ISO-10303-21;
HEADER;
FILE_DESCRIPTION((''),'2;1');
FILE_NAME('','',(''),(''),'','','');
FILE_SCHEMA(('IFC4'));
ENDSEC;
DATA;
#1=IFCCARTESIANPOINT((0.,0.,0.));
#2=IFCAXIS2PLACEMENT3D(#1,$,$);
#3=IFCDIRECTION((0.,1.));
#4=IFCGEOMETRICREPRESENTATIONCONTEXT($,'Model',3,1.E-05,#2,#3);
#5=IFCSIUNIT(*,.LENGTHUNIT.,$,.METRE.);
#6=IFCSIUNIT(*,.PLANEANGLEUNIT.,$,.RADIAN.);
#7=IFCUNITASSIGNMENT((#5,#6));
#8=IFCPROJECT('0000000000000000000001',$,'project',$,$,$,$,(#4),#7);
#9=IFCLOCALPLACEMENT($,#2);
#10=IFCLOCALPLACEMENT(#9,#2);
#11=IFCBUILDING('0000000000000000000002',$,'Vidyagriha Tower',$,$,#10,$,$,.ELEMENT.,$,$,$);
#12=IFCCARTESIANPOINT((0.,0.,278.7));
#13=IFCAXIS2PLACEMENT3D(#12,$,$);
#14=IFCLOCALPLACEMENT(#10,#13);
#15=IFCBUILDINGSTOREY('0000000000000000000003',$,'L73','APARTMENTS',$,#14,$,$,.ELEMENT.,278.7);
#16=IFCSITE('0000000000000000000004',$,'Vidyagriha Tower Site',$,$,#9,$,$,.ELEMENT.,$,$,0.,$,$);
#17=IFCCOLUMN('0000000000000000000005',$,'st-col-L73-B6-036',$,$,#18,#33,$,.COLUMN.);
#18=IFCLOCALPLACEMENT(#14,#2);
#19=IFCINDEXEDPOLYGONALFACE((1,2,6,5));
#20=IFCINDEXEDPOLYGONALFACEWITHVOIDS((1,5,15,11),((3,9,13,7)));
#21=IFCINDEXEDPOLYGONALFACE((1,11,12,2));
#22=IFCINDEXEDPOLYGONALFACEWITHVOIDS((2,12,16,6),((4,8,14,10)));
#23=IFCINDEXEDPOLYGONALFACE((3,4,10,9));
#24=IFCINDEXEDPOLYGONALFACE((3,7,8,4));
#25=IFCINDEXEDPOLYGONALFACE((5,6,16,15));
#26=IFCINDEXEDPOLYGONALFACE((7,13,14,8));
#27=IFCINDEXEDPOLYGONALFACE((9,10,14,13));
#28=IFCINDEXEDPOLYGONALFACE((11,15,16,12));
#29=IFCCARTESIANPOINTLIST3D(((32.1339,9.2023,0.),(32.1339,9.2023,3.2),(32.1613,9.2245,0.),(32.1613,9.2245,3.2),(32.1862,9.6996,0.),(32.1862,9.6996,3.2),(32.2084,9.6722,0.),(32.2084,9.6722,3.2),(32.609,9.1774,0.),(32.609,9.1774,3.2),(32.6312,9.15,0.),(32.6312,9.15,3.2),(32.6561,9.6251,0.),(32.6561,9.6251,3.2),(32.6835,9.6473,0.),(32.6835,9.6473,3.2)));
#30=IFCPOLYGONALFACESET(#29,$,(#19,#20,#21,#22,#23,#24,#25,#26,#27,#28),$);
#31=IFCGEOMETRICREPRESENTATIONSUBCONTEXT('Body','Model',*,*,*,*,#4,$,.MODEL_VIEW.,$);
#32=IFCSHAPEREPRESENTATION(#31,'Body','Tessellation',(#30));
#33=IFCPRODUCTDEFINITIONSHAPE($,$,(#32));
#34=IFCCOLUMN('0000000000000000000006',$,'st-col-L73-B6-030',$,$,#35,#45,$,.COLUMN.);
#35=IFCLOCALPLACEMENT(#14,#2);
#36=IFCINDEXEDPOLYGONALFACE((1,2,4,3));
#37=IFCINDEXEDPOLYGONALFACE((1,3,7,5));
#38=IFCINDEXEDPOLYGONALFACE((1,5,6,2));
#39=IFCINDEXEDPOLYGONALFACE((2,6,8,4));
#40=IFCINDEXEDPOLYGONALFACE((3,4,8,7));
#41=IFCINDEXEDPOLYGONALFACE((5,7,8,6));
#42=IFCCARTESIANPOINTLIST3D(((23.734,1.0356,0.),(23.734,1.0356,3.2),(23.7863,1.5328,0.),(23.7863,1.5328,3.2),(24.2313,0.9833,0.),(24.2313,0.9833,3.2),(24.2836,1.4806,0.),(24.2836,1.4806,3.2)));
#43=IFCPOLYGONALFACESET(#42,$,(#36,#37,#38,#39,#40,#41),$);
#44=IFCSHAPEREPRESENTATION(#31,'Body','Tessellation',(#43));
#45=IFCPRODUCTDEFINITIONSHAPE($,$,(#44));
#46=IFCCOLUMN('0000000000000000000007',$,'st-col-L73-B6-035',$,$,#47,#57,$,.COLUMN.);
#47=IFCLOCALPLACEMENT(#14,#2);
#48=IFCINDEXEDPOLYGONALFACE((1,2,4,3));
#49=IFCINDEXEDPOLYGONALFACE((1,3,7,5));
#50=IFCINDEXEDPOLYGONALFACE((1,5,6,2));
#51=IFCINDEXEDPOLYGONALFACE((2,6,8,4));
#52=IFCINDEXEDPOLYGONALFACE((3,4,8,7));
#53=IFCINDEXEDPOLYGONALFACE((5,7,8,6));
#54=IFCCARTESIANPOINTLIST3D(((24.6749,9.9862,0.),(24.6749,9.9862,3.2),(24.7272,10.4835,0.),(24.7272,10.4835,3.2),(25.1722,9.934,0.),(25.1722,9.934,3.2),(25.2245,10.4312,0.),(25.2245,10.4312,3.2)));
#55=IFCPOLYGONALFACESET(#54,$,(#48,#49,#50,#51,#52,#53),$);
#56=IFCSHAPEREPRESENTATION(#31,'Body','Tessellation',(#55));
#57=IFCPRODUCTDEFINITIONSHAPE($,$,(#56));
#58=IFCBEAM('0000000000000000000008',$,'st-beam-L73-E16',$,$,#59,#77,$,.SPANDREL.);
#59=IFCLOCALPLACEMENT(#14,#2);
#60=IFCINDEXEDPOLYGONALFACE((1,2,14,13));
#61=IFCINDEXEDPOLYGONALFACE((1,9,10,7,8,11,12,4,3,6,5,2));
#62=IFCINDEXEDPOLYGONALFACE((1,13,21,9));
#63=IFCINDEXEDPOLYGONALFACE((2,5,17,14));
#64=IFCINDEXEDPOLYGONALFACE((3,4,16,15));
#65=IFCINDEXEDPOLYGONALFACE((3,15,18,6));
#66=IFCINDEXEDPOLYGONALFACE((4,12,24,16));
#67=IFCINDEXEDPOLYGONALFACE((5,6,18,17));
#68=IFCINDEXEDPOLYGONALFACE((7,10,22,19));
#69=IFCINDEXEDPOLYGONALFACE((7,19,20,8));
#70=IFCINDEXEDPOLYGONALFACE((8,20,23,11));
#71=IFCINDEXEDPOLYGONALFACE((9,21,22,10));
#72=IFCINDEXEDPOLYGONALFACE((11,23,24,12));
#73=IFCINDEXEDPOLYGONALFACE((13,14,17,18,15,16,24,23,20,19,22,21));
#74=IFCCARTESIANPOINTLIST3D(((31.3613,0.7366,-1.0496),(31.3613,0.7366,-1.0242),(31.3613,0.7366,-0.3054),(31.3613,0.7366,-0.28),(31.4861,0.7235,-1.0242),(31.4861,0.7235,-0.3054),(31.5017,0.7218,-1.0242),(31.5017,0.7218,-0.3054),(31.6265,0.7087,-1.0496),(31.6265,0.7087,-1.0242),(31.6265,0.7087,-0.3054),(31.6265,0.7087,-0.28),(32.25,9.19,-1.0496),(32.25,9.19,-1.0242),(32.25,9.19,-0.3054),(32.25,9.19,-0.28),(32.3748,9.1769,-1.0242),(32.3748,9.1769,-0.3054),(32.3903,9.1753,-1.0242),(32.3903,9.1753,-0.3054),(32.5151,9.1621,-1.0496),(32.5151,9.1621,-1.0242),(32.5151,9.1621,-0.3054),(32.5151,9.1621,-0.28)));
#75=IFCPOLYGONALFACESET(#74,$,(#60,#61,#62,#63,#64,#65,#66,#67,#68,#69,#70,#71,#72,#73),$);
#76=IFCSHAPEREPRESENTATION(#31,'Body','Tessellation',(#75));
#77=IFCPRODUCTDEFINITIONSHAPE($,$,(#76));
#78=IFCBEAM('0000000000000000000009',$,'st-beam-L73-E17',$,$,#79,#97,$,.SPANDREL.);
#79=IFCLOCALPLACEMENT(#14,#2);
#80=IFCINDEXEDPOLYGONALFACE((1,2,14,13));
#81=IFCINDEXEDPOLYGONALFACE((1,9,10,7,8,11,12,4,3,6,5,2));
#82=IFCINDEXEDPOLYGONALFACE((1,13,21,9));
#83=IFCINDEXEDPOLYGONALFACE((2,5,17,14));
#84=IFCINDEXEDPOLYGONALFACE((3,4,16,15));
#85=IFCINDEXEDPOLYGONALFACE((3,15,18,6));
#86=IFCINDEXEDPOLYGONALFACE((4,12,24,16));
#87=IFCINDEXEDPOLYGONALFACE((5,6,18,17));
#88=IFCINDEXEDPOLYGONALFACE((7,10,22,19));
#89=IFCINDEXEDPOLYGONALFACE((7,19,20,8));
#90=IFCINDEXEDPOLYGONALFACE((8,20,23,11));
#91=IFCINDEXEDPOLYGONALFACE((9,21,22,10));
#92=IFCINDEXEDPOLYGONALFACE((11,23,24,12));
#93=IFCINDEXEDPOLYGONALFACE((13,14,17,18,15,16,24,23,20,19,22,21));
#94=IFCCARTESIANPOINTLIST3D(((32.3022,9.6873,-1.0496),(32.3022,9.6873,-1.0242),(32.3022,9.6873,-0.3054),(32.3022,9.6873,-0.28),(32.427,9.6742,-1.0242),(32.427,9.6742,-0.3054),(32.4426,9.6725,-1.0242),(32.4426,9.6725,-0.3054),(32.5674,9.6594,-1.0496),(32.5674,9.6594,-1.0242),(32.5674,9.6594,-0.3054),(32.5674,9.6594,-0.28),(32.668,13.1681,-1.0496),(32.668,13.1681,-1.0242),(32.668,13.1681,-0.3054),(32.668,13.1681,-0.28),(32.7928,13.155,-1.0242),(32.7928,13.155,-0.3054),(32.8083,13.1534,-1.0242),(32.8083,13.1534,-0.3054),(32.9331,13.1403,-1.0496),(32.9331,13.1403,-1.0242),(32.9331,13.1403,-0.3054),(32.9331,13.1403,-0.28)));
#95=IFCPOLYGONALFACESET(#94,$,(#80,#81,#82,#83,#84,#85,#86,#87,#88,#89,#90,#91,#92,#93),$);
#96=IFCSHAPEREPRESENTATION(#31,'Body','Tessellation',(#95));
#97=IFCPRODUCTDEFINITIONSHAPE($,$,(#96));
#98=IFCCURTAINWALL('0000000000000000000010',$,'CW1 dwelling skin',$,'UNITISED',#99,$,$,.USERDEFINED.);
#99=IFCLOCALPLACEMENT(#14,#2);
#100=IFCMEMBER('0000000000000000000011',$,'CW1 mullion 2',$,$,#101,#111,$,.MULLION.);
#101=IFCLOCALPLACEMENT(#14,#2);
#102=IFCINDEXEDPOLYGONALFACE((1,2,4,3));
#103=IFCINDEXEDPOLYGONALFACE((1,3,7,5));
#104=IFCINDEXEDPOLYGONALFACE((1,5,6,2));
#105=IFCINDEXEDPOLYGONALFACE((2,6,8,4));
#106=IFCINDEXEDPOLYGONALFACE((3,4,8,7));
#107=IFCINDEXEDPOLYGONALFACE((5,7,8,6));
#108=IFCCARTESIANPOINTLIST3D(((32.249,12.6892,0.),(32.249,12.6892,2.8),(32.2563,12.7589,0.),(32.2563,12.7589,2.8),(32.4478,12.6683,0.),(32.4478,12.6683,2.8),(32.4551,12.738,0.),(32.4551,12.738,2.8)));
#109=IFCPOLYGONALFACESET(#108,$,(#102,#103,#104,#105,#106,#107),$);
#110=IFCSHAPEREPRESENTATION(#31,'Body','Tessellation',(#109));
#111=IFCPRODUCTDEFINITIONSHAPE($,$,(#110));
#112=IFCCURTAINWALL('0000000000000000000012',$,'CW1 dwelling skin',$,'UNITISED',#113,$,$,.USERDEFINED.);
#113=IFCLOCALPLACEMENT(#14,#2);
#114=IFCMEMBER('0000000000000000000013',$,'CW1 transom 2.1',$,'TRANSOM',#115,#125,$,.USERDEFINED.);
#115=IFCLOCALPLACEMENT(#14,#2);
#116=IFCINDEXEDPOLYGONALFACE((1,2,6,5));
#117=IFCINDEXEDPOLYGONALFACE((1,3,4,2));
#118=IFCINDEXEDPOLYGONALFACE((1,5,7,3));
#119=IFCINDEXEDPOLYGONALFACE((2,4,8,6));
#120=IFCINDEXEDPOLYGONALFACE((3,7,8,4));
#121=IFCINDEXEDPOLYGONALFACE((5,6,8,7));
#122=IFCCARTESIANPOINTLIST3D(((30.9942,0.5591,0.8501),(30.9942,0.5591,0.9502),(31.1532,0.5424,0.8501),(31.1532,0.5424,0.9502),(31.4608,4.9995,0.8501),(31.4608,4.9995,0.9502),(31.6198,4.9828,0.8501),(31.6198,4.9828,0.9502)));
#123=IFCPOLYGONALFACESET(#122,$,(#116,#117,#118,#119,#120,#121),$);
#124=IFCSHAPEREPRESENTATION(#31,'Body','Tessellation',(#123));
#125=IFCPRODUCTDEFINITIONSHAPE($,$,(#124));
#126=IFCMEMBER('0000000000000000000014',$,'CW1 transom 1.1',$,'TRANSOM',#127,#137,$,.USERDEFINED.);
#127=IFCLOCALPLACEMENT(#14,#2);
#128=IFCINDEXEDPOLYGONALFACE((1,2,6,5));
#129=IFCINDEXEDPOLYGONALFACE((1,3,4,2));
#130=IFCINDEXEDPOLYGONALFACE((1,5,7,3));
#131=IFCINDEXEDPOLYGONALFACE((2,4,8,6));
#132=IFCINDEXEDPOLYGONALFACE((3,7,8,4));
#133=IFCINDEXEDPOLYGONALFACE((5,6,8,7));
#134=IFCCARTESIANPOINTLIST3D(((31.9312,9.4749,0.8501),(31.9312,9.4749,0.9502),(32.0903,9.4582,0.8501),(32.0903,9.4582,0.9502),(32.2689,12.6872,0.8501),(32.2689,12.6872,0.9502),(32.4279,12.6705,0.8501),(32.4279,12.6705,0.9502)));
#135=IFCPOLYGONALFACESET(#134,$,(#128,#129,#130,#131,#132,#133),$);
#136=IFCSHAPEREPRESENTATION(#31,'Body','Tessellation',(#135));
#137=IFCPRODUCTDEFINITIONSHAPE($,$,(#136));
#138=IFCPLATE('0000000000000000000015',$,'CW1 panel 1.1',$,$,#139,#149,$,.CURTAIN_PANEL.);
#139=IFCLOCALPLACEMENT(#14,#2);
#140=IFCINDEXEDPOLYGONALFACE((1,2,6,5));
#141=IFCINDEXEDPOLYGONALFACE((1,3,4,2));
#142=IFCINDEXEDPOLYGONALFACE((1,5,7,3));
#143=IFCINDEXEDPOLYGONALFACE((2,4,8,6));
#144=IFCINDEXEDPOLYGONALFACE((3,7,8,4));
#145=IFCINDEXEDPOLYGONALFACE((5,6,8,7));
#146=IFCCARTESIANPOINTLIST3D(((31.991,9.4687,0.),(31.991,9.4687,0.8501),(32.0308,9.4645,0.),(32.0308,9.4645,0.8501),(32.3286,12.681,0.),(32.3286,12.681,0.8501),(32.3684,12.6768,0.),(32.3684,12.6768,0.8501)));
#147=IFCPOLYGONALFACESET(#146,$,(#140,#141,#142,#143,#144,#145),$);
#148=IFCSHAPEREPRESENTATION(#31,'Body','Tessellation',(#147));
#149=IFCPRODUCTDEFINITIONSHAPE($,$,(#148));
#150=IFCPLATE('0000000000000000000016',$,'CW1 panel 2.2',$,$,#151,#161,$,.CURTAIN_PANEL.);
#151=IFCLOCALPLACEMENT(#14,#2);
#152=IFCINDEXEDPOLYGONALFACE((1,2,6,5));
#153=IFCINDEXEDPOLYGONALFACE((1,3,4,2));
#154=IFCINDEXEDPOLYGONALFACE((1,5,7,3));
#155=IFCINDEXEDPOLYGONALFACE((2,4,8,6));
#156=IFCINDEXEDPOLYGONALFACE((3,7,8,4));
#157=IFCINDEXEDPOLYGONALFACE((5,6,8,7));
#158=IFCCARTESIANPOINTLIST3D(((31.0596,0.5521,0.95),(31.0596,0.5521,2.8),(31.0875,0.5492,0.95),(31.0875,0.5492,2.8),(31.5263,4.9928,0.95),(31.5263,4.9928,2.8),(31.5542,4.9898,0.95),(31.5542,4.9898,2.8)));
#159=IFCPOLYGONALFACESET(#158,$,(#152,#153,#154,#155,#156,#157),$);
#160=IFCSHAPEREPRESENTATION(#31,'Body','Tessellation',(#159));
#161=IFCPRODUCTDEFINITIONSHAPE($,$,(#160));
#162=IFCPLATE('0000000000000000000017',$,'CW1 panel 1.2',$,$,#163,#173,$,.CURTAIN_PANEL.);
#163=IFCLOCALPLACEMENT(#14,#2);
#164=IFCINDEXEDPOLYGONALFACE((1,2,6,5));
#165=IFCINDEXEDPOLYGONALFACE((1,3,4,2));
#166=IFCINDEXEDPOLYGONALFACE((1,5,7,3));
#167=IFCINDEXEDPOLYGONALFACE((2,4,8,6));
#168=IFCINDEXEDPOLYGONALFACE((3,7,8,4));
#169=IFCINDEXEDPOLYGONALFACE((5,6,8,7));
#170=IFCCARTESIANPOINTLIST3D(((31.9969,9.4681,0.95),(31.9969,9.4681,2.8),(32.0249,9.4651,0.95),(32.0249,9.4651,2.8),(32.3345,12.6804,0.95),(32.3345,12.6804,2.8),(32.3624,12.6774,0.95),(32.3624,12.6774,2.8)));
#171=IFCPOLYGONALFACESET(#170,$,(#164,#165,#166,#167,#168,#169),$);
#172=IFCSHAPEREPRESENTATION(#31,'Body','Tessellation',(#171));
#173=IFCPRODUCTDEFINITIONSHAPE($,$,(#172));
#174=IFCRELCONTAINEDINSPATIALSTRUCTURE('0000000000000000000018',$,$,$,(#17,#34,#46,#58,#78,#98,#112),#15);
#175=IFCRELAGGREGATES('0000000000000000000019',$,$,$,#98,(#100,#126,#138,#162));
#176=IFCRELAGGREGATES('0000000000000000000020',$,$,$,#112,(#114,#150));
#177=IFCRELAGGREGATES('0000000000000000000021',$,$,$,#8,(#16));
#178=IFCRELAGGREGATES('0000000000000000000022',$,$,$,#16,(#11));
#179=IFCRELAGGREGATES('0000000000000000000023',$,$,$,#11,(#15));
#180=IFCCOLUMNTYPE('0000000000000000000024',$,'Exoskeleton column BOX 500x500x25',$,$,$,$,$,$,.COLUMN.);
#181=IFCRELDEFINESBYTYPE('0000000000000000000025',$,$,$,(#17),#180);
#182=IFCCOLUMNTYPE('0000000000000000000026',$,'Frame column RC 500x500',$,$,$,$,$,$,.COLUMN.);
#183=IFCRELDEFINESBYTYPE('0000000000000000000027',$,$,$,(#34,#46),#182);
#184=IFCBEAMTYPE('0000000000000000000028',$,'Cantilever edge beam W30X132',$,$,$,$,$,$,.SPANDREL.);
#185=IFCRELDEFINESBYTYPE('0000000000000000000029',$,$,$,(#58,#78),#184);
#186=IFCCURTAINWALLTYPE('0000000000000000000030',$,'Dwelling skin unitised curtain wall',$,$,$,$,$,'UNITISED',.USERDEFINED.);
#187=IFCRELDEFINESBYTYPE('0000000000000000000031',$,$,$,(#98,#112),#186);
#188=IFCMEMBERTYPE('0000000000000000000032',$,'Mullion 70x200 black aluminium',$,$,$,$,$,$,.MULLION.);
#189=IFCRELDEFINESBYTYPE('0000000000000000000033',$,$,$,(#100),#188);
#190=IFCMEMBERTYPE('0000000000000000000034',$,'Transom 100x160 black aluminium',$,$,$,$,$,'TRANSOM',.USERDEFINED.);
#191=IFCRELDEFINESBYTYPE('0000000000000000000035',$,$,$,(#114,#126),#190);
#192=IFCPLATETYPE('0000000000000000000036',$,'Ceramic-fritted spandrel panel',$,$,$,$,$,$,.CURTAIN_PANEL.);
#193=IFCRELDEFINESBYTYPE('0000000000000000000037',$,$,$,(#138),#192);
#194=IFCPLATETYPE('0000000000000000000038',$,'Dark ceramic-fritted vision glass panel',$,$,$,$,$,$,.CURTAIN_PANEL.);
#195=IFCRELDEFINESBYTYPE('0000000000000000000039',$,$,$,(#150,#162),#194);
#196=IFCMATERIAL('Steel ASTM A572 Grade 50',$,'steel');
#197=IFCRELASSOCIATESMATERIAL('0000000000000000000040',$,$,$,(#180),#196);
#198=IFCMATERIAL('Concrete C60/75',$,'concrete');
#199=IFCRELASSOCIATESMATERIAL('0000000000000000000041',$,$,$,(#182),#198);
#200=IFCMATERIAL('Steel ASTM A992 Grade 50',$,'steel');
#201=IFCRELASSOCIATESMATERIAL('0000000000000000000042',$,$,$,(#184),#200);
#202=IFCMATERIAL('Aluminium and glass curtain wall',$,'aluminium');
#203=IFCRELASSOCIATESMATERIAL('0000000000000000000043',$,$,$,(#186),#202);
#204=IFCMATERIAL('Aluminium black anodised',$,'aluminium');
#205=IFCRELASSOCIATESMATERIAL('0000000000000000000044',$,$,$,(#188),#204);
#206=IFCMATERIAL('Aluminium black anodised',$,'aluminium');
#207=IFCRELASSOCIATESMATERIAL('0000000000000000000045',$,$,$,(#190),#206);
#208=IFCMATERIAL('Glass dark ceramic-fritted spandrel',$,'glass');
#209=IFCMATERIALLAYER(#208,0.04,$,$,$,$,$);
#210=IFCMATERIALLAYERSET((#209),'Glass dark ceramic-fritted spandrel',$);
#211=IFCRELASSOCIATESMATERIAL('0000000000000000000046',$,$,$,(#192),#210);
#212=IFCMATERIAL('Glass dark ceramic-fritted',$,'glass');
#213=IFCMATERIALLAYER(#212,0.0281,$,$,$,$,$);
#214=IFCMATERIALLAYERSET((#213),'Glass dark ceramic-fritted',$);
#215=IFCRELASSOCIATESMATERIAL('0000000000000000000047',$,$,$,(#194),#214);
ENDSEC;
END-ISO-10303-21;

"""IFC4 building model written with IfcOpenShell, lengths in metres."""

from ifc_helpers import new_model, si_unit, direction, frame, origin, origin_2d, place, context, subcontext, project, spatial, rectangle, hollow_rectangle, i_section, extrude, material, layer, layer_set, material_profile, profile_set, type_object, element, aggregate, save


model = new_model("IFC4")

# Units and contexts
model_context = context("Model", 3, precision=1e-05, world=origin(), true_north=direction((0.0, 1.0)))
body_context = subcontext(model_context, "Body", "Model", "MODEL_VIEW")
ifc_project = project(units=[si_unit("LENGTHUNIT", "METRE"), si_unit("PLANEANGLEUNIT", "RADIAN")], contexts=[model_context])

# Site, building, storey
site_placement = place(None, origin())
site = spatial("IfcSite", under=ifc_project, at=site_placement, Name="Vidyagriha Tower Site", CompositionType="ELEMENT", RefElevation=0.0)
building_placement = place(site_placement, origin())
building = spatial("IfcBuilding", under=site, at=building_placement, Name="Vidyagriha Tower", CompositionType="ELEMENT")
storey_placement = place(building_placement, frame((0.0, 0.0, 278.7)))
storey = spatial("IfcBuildingStorey", under=building, at=storey_placement, Name="L73", Description="APARTMENTS", CompositionType="ELEMENT", Elevation=278.7)

# Columns
ifc_material_1 = material(Name="Steel ASTM A572 Grade 50", Category="steel")
ifc_material_profile_1 = material_profile(ifc_material_1, hollow_rectangle(XDim=0.5, YDim=0.5, WallThickness=0.0249, at=origin_2d()), Name="BOX 500x500x25")
ifc_profile_set_1 = profile_set([ifc_material_profile_1], Name="Steel ASTM A572 Grade 50")
column_type_1 = type_object("IfcColumnType", Name="Exoskeleton column BOX 500x500x25", PredefinedType="COLUMN", material=ifc_profile_set_1)
column_placement = place(storey_placement, frame((32.4087, 9.4248, 0.0), z_axis=(0.0, 0.0, 1.0), x_axis=(0.994522, -0.104528, 0.0)))
element("IfcColumn", 1, at=column_placement, inside=storey, type_object=column_type_1, Name="st-col-L73-B6-036", PredefinedType="COLUMN", context=body_context, shape_type="SweptSolid", body=[
    extrude(hollow_rectangle(XDim=0.5, YDim=0.5, WallThickness=0.0249, at=origin_2d()), origin(), (0.0, 0.0, 1.0), 3.2),
])
ifc_material_2 = material(Name="Concrete C60/75", Category="concrete")
ifc_material_profile_2 = material_profile(ifc_material_2, rectangle(XDim=0.5, YDim=0.5, at=origin_2d()), Name="RC 500x500")
ifc_profile_set_2 = profile_set([ifc_material_profile_2], Name="Concrete C60/75")
column_type_2 = type_object("IfcColumnType", Name="Frame column RC 500x500", PredefinedType="COLUMN", material=ifc_profile_set_2)
for number, where, z_axis, x_axis, name in (
    (2, (24.0088, 1.2581, 0.0), (0.0, 0.0, 1.0), (0.994522, -0.104528, 0.0), "st-col-L73-B6-030"),
    (3, (24.9497, 10.2087, 0.0), (0.0, 0.0, 1.0), (0.994522, -0.104528, 0.0), "st-col-L73-B6-035"),
):
    element("IfcColumn", number, at=place(storey_placement, frame(where, z_axis=z_axis, x_axis=x_axis)), inside=storey, type_object=column_type_2, Name=name, PredefinedType="COLUMN", context=body_context, shape_type="SweptSolid", body=[
        extrude(rectangle(XDim=0.5, YDim=0.5, at=origin_2d()), origin(), (0.0, 0.0, 1.0), 3.2),
    ])

# Beams
ifc_material_3 = material(Name="Steel ASTM A992 Grade 50", Category="steel")
ifc_material_profile_3 = material_profile(ifc_material_3, i_section(OverallWidth=0.2666, OverallDepth=0.7695, WebThickness=0.0156, FlangeThickness=0.0254, at=origin_2d()), Name="W30X132")
ifc_profile_set_3 = profile_set([ifc_material_profile_3], Name="Steel ASTM A992 Grade 50")
beam_type = type_object("IfcBeamType", Name="Cantilever edge beam W30X132", PredefinedType="SPANDREL", material=ifc_profile_set_3)
beam_1_placement = place(storey_placement, frame((31.4939, 0.7227, -0.6648), z_axis=(0.10455, 0.99452, 0.0), x_axis=(-0.99452, 0.10455, 0.0)))
element("IfcBeam", 4, at=beam_1_placement, inside=storey, type_object=beam_type, Name="st-beam-L73-E16", PredefinedType="SPANDREL", context=body_context, shape_type="SweptSolid", body=[
    extrude(i_section(OverallWidth=0.2666, OverallDepth=0.7695, WebThickness=0.0156, FlangeThickness=0.0254, at=origin_2d()), origin(), (0.0, 0.0, 1.0), 8.5),
])
beam_2_placement = place(storey_placement, frame((32.4348, 9.6733, -0.6648), z_axis=(0.104489, 0.994526, 0.0), x_axis=(-0.994526, 0.104489, 0.0)))
element("IfcBeam", 5, at=beam_2_placement, inside=storey, type_object=beam_type, Name="st-beam-L73-E17", PredefinedType="SPANDREL", context=body_context, shape_type="SweptSolid", body=[
    extrude(i_section(OverallWidth=0.2666, OverallDepth=0.7695, WebThickness=0.0156, FlangeThickness=0.0254, at=origin_2d()), origin(), (0.0, 0.0, 1.0), 3.5),
])

# Curtain walls, members
ifc_material_4 = material(Name="Aluminium and glass curtain wall", Category="aluminium")
curtain_wall_type = type_object("IfcCurtainWallType", Name="Dwelling skin unitised curtain wall", ElementType="UNITISED", PredefinedType="USERDEFINED", material=ifc_material_4)
curtain_wall_1_placement = place(storey_placement, origin())
curtain_wall_1 = element("IfcCurtainWall", 6, at=curtain_wall_1_placement, inside=storey, type_object=curtain_wall_type, Name="CW1 dwelling skin", ObjectType="UNITISED", PredefinedType="USERDEFINED")
ifc_material_5 = material(Name="Aluminium black anodised", Category="aluminium")
ifc_material_profile_4 = material_profile(ifc_material_5, rectangle(XDim=0.2, YDim=0.0701, at=origin_2d()), Name="Mullion 70x200 black aluminium")
ifc_profile_set_4 = profile_set([ifc_material_profile_4], Name="Aluminium black anodised")
member_type_1 = type_object("IfcMemberType", Name="Mullion 70x200 black aluminium", PredefinedType="MULLION", material=ifc_profile_set_4)
member_1_placement = place(storey_placement, frame((32.3521, 12.7136, 0.0), z_axis=(0.0, 0.0, 1.0), x_axis=(-0.994523, 0.104516, 0.0)))
member_1 = element("IfcMember", 7, at=member_1_placement, type_object=member_type_1, Name="CW1 mullion 2", PredefinedType="MULLION", context=body_context, shape_type="SweptSolid", body=[
    extrude(rectangle(XDim=0.2, YDim=0.0701, at=origin_2d()), origin(), (0.0, 0.0, 1.0), 2.8),
])
curtain_wall_2_placement = place(storey_placement, origin())
curtain_wall_2 = element("IfcCurtainWall", 8, at=curtain_wall_2_placement, inside=storey, type_object=curtain_wall_type, Name="CW1 dwelling skin", ObjectType="UNITISED", PredefinedType="USERDEFINED")
ifc_material_6 = material(Name="Aluminium black anodised", Category="aluminium")
ifc_material_profile_5 = material_profile(ifc_material_6, rectangle(XDim=0.1599, YDim=0.1001, at=origin_2d()), Name="Transom 100x160 black aluminium")
ifc_profile_set_5 = profile_set([ifc_material_profile_5], Name="Aluminium black anodised")
member_type_2 = type_object("IfcMemberType", Name="Transom 100x160 black aluminium", ElementType="TRANSOM", PredefinedType="USERDEFINED", material=ifc_profile_set_5)
member_2_placement = place(storey_placement, frame((31.0737, 0.5508, 0.9001), z_axis=(0.104494, 0.994526, 0.0), x_axis=(-0.994526, 0.104494, 0.0)))
member_2 = element("IfcMember", 9, at=member_2_placement, type_object=member_type_2, Name="CW1 transom 2.1", ObjectType="TRANSOM", PredefinedType="USERDEFINED", context=body_context, shape_type="SweptSolid", body=[
    extrude(rectangle(XDim=0.1599, YDim=0.1001, at=origin_2d()), origin(), (0.0, 0.0, 1.0), 4.4648),
])

# Member
member_3_placement = place(storey_placement, frame((32.0107, 9.4666, 0.9001), z_axis=(0.104531, 0.994522, 0.0), x_axis=(-0.994522, 0.104531, 0.0)))
member_3 = element("IfcMember", 10, at=member_3_placement, type_object=member_type_2, Name="CW1 transom 1.1", ObjectType="TRANSOM", PredefinedType="USERDEFINED", context=body_context, shape_type="SweptSolid", body=[
    extrude(rectangle(XDim=0.1599, YDim=0.1001, at=origin_2d()), origin(), (0.0, 0.0, 1.0), 3.23),
])

# Plates
ifc_material_7 = material(Name="Glass dark ceramic-fritted spandrel", Category="glass")
ifc_layer_1 = layer(ifc_material_7, 0.04)
ifc_layer_set_1 = layer_set([ifc_layer_1], Name="Glass dark ceramic-fritted spandrel")
plate_type_1 = type_object("IfcPlateType", Name="Ceramic-fritted spandrel panel", PredefinedType="CURTAIN_PANEL", material=ifc_layer_set_1)
plate_1_placement = place(storey_placement, frame((32.1797, 11.0728, 0.0), z_axis=(0.0, 0.0, 1.0), x_axis=(0.104516, 0.994523, 0.0)))
plate_1 = element("IfcPlate", 11, at=plate_1_placement, type_object=plate_type_1, Name="CW1 panel 1.1", PredefinedType="CURTAIN_PANEL", context=body_context, shape_type="SweptSolid", body=[
    extrude(rectangle(XDim=3.23, YDim=0.04, at=origin_2d()), origin(), (0.0, 0.0, 1.0), 0.8501),
])
ifc_material_8 = material(Name="Glass dark ceramic-fritted", Category="glass")
ifc_layer_2 = layer(ifc_material_8, 0.0281)
ifc_layer_set_2 = layer_set([ifc_layer_2], Name="Glass dark ceramic-fritted")
plate_type_2 = type_object("IfcPlateType", Name="Dark ceramic-fritted vision glass panel", PredefinedType="CURTAIN_PANEL", material=ifc_layer_set_2)
plate_2_placement = place(storey_placement, frame((31.3069, 2.771, 0.95), z_axis=(0.0, 0.0, 1.0), x_axis=(0.10453, 0.994522, 0.0)))
plate_2 = element("IfcPlate", 12, at=plate_2_placement, type_object=plate_type_2, Name="CW1 panel 2.2", PredefinedType="CURTAIN_PANEL", context=body_context, shape_type="SweptSolid", body=[
    extrude(rectangle(XDim=4.4651, YDim=0.0281, at=origin_2d()), origin(), (0.0, 0.0, 1.0), 1.8501),
])
plate_3_placement = place(storey_placement, frame((32.1797, 11.0728, 0.95), z_axis=(0.0, 0.0, 1.0), x_axis=(0.104516, 0.994523, 0.0)))
plate_3 = element("IfcPlate", 13, at=plate_3_placement, type_object=plate_type_2, Name="CW1 panel 1.2", PredefinedType="CURTAIN_PANEL", context=body_context, shape_type="SweptSolid", body=[
    extrude(rectangle(XDim=3.23, YDim=0.0281, at=origin_2d()), origin(), (0.0, 0.0, 1.0), 1.8501),
])
aggregate(curtain_wall_1, [member_1, member_3, plate_1, plate_3])
aggregate(curtain_wall_2, [member_2, plate_2])

save(model, "model.ifc")
